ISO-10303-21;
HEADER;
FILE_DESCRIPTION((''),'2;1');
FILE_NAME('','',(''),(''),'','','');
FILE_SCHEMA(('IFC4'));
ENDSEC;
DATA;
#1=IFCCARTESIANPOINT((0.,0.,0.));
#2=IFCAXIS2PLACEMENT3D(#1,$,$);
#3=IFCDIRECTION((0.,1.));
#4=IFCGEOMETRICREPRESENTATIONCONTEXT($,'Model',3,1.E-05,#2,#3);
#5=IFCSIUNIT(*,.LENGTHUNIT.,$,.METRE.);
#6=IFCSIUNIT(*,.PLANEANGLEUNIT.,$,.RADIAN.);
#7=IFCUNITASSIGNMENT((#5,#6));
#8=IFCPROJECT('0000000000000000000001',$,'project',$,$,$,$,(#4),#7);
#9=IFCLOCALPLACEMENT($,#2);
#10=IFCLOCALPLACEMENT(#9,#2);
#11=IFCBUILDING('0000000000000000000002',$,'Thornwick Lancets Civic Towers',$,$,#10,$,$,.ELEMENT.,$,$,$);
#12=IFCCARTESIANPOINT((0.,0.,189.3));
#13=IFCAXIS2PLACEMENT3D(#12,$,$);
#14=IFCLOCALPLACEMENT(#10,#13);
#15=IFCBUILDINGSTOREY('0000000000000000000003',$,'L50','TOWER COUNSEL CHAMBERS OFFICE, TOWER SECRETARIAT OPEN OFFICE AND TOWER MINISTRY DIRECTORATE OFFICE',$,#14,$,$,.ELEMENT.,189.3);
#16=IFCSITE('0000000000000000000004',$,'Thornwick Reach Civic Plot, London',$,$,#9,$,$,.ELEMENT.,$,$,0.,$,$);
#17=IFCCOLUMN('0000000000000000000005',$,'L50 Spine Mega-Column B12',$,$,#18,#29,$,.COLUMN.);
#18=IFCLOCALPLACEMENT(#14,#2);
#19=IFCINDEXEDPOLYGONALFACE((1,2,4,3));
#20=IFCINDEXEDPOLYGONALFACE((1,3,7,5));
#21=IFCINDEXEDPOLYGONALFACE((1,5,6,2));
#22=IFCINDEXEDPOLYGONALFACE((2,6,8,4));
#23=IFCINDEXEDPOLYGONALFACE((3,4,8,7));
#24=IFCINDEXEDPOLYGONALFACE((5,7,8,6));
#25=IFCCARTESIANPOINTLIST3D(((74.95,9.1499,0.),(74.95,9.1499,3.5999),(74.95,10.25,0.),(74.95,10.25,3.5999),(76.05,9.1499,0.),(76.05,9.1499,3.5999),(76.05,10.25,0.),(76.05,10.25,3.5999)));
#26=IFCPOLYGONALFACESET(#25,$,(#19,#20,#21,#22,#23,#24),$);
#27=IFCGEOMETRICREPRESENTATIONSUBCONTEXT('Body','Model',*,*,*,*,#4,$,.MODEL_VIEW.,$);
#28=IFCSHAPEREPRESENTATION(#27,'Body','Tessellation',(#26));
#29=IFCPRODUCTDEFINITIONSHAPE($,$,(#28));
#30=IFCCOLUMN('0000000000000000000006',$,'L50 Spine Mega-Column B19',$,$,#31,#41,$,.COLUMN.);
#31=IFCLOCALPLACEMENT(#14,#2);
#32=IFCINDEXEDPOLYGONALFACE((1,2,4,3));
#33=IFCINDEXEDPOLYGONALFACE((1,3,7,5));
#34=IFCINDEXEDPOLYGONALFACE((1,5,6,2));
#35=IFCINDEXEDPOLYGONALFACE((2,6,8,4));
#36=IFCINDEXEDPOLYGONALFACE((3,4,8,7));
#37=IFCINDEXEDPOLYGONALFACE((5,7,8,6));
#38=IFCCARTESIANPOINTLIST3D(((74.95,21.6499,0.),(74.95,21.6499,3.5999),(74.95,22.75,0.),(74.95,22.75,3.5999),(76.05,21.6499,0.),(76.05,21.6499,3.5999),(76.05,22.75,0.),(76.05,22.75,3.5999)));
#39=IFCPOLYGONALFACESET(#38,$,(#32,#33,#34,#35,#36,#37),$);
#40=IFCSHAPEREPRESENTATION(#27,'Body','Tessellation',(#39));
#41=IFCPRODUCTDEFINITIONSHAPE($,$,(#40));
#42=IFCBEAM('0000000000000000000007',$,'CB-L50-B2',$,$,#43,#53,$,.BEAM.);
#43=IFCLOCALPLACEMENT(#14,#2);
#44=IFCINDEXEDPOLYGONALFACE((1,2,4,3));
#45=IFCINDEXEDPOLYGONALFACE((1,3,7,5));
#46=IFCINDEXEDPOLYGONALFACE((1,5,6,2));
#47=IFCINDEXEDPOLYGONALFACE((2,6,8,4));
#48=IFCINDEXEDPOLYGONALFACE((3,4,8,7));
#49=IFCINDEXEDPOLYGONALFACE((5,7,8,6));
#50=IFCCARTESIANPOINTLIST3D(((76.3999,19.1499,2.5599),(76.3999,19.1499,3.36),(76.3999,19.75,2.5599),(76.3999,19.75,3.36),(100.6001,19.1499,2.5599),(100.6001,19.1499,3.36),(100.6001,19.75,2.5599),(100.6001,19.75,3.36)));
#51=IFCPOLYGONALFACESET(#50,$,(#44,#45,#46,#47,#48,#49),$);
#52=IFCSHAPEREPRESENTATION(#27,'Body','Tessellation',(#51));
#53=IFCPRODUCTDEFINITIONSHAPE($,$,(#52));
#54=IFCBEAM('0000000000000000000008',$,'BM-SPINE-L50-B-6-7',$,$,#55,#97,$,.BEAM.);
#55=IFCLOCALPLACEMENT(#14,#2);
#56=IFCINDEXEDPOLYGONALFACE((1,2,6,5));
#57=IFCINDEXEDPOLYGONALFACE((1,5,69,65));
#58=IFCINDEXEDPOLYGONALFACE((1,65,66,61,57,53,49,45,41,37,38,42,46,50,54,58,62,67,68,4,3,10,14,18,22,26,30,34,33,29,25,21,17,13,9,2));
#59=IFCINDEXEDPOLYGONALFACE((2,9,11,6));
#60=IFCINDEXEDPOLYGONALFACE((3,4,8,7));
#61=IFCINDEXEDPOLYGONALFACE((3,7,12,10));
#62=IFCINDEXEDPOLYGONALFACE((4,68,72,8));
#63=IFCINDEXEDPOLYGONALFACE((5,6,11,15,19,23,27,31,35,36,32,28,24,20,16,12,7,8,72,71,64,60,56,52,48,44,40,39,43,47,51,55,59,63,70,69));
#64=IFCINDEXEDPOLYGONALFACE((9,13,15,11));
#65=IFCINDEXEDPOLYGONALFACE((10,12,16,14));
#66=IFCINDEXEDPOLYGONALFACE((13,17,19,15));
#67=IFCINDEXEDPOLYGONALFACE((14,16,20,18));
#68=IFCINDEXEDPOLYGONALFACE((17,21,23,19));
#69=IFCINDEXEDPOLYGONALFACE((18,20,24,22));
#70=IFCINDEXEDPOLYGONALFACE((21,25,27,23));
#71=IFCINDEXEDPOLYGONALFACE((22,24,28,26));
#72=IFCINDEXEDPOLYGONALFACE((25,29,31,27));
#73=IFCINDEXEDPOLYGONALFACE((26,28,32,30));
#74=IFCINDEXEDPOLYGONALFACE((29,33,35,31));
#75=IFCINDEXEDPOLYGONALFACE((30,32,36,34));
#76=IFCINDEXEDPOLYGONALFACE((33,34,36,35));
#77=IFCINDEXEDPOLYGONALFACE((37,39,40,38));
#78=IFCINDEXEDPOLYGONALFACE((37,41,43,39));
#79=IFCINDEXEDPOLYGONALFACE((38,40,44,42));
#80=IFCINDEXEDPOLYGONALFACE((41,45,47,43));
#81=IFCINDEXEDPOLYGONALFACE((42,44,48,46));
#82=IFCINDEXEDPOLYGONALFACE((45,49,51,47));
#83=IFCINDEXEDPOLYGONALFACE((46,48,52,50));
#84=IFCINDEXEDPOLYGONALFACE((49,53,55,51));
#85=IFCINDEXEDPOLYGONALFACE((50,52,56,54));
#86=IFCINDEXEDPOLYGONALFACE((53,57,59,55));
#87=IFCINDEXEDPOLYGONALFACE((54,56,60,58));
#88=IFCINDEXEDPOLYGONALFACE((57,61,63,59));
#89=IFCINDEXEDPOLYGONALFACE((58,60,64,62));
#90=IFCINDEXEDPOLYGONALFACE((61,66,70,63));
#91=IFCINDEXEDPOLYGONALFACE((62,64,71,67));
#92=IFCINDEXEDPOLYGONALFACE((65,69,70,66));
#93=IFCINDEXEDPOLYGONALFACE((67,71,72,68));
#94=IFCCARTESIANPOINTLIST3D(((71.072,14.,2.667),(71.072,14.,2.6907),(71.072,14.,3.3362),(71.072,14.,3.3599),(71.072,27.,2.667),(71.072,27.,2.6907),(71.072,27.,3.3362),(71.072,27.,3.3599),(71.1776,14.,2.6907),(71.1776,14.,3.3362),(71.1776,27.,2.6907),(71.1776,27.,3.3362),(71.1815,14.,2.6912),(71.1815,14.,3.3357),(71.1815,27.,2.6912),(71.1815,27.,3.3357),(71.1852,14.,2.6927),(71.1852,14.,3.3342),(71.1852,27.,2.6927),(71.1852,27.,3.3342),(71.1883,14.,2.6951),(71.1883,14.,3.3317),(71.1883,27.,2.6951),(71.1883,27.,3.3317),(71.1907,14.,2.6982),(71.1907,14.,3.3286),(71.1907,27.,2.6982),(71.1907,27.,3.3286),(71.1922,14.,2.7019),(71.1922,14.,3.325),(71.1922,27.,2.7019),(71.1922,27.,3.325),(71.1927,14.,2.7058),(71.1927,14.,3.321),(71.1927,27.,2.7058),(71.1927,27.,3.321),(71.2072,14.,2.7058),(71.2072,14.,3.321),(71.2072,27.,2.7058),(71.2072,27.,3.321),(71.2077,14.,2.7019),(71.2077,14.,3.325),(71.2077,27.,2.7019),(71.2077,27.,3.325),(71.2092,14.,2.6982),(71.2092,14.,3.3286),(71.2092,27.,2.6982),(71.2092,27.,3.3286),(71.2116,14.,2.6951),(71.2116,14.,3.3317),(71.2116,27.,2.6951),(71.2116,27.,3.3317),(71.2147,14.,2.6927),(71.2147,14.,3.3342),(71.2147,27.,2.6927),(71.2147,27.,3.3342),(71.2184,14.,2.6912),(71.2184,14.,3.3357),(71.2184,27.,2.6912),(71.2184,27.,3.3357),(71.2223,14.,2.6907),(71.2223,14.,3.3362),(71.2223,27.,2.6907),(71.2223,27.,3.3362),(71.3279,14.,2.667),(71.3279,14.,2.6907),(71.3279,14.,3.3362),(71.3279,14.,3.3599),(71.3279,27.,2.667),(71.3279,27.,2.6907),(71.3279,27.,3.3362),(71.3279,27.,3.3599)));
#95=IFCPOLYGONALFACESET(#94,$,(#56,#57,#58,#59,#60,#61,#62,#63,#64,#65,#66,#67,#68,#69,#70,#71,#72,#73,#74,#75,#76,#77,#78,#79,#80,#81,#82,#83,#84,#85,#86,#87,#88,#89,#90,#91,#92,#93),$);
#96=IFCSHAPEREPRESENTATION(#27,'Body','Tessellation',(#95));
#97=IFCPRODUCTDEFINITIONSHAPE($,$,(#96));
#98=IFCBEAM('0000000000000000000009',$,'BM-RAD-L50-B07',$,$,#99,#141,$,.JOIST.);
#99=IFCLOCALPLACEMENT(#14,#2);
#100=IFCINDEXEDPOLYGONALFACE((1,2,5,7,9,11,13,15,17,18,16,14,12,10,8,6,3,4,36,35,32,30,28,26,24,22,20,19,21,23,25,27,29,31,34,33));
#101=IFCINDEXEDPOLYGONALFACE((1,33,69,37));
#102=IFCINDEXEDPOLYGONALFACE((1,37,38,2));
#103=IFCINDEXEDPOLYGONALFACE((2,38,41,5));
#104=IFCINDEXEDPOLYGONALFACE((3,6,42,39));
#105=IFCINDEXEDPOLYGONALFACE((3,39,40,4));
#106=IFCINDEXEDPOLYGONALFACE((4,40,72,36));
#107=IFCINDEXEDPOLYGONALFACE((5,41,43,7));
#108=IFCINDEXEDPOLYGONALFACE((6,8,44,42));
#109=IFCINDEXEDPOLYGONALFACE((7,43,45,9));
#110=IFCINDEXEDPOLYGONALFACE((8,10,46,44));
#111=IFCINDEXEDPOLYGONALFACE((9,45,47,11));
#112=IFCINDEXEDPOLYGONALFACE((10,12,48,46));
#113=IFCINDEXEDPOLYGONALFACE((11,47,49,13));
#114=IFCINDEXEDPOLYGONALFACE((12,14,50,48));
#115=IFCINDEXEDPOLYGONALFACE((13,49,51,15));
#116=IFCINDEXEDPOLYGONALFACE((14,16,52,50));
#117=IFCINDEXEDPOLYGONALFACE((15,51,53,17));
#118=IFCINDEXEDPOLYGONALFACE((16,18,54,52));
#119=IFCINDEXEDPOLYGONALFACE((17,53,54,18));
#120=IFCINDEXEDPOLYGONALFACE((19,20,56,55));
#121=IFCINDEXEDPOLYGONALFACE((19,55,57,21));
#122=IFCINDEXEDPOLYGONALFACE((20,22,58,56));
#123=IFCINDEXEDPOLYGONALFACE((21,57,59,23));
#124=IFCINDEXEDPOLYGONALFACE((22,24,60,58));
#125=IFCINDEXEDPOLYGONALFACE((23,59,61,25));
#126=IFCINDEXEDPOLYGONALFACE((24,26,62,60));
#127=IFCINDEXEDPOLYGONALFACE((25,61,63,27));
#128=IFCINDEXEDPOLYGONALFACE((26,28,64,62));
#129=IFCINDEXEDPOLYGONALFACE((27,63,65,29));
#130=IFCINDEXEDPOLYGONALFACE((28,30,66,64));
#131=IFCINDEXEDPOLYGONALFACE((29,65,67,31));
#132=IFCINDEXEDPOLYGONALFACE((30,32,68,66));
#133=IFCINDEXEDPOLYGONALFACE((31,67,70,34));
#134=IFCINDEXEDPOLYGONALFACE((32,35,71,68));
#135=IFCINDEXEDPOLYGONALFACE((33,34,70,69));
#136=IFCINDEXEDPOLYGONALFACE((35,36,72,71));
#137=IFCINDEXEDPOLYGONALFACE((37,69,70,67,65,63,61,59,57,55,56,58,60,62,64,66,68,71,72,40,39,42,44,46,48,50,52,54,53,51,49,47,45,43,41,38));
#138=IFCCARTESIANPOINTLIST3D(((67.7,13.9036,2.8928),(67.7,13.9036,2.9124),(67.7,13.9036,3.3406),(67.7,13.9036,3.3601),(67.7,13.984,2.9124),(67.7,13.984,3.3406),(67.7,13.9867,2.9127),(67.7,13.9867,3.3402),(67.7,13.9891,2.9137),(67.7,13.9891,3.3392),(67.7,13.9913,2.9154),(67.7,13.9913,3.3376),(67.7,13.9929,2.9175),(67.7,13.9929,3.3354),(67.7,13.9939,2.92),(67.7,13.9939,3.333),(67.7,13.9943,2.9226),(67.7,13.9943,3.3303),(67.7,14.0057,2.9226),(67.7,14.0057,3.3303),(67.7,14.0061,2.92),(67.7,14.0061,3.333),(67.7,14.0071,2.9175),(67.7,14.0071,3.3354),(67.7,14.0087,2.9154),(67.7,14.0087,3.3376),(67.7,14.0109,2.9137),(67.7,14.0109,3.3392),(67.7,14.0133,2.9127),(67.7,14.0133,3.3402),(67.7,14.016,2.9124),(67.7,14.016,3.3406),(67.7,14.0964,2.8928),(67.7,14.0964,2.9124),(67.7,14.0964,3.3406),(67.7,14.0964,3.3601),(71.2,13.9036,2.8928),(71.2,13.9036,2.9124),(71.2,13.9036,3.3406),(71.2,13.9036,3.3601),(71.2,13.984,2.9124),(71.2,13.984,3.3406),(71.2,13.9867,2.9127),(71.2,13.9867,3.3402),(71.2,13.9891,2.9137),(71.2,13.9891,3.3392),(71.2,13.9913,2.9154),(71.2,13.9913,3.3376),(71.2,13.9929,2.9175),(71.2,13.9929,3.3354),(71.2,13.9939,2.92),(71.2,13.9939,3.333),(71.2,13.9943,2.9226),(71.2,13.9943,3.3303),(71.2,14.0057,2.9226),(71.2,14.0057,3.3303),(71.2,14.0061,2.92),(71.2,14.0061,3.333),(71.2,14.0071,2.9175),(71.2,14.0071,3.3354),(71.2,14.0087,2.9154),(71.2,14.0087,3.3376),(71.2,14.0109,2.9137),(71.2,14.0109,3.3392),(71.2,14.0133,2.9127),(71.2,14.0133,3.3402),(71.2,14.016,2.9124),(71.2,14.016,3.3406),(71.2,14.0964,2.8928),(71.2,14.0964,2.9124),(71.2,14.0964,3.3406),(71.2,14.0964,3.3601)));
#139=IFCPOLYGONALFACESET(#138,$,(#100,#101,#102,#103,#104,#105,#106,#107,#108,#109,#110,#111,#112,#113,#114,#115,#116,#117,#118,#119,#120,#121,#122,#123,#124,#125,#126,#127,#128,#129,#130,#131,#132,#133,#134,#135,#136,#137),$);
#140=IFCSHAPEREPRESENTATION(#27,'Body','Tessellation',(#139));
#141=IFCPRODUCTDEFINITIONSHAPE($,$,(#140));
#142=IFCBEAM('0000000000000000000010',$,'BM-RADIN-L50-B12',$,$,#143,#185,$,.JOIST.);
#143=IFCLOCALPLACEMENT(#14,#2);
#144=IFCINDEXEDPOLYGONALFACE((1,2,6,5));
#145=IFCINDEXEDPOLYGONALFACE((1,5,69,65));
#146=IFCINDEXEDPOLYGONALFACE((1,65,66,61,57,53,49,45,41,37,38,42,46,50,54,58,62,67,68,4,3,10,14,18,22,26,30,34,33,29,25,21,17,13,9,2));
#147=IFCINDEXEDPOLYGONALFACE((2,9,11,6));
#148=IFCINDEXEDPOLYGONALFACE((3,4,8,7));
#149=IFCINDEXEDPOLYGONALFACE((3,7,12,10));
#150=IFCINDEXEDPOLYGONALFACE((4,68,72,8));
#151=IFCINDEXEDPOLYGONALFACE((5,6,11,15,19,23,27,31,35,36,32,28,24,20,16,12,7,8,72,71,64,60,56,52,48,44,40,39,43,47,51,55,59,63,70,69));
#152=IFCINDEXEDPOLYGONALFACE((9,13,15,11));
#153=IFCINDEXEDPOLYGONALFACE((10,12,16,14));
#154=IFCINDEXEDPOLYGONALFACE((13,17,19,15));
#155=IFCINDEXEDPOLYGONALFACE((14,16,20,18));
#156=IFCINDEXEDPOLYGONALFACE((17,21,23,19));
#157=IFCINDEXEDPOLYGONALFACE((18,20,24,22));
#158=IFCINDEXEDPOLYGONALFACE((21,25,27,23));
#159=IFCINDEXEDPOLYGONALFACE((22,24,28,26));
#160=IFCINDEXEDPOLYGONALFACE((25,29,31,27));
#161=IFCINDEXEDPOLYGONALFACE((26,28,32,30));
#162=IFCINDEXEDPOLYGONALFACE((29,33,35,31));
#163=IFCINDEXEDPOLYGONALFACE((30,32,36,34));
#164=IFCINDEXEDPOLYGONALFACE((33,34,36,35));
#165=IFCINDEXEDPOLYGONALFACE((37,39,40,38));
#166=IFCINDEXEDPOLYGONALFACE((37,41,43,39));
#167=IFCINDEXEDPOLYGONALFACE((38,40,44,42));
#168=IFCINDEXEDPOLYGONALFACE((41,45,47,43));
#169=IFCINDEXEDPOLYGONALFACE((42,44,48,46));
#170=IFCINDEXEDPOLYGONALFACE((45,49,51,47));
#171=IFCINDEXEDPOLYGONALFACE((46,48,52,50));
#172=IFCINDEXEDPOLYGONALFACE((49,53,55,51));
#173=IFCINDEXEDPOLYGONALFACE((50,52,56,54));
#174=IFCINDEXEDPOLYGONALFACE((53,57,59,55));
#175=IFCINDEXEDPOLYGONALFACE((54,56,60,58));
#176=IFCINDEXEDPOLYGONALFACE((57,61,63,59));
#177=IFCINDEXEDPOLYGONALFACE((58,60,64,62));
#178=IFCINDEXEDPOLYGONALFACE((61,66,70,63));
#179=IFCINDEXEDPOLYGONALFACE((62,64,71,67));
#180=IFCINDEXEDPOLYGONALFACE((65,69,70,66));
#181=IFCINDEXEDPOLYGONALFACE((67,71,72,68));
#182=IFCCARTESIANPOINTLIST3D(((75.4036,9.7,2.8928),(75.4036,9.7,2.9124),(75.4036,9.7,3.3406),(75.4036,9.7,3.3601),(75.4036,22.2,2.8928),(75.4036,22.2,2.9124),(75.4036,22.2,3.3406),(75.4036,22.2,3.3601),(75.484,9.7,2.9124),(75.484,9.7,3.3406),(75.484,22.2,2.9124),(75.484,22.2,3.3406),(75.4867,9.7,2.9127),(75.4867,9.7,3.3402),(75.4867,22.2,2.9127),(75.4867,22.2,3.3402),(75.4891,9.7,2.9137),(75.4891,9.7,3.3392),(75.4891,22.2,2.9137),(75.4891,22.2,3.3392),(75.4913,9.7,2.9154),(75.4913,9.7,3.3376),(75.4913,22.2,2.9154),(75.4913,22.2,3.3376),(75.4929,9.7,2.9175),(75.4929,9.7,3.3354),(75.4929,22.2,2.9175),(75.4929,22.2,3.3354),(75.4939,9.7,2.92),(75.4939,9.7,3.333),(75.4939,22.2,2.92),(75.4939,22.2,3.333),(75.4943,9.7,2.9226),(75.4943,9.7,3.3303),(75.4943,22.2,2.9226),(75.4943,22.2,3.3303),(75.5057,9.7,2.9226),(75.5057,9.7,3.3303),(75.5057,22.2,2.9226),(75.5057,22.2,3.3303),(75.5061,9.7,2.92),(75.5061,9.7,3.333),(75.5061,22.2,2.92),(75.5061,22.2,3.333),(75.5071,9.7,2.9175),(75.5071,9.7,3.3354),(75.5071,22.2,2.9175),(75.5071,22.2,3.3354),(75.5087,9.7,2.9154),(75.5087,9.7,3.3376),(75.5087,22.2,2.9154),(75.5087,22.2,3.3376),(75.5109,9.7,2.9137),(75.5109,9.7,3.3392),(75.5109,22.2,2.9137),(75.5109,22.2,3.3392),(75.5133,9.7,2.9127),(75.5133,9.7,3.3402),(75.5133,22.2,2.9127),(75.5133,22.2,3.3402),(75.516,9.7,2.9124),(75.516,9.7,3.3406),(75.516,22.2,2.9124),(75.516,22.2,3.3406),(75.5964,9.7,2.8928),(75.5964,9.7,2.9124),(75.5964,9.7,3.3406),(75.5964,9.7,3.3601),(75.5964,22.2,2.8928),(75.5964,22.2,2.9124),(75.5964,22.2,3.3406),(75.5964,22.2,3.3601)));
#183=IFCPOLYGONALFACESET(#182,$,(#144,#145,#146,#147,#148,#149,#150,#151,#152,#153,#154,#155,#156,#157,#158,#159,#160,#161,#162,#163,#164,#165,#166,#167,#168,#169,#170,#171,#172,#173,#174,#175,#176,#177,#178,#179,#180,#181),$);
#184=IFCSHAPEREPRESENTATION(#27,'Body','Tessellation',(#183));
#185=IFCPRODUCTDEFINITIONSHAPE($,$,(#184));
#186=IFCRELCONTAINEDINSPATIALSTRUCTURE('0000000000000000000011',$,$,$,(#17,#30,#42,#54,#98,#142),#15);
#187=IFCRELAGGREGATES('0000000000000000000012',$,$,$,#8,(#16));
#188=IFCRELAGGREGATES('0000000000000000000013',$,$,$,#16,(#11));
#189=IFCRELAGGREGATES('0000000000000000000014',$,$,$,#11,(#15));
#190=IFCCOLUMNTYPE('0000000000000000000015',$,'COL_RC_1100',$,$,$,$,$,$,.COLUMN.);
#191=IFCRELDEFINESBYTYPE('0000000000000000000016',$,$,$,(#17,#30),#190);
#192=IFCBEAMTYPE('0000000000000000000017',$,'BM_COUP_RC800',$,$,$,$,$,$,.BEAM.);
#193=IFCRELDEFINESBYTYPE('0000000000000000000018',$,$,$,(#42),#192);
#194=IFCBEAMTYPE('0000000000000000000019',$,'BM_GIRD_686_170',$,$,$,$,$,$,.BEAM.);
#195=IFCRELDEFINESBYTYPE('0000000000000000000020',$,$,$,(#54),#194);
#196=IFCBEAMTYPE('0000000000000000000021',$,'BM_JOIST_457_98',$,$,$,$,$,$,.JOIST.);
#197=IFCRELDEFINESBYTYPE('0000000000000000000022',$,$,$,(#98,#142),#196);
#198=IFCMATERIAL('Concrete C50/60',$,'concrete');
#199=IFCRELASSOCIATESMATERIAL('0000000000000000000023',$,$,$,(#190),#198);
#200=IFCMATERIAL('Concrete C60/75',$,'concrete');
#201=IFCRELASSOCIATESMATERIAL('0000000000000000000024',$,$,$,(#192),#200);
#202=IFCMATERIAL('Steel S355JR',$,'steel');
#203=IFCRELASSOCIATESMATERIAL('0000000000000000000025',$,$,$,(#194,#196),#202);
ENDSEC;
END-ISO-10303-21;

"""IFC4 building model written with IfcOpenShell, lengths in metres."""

from ifc_helpers import new_model, si_unit, direction, frame, origin, origin_2d, place, context, subcontext, project, spatial, rectangle, i_section, extrude, material, material_profile, profile_set, type_object, element, save


model = new_model("IFC4")

# Units and contexts
model_context = context("Model", 3, precision=1e-05, world=origin(), true_north=direction((0.0, 1.0)))
body_context = subcontext(model_context, "Body", "Model", "MODEL_VIEW")
ifc_project = project(units=[si_unit("LENGTHUNIT", "METRE"), si_unit("PLANEANGLEUNIT", "RADIAN")], contexts=[model_context])

# Site, building, storey
site_placement = place(None, origin())
site = spatial("IfcSite", under=ifc_project, at=site_placement, Name="Thornwick Reach Civic Plot, London", CompositionType="ELEMENT", RefElevation=0.0)
building_placement = place(site_placement, origin())
building = spatial("IfcBuilding", under=site, at=building_placement, Name="Thornwick Lancets Civic Towers", CompositionType="ELEMENT")
storey_placement = place(building_placement, frame((0.0, 0.0, 189.3)))
storey = spatial("IfcBuildingStorey", under=building, at=storey_placement, Name="L50", Description="TOWER COUNSEL CHAMBERS OFFICE, TOWER SECRETARIAT OPEN OFFICE AND TOWER MINISTRY DIRECTORATE OFFICE", CompositionType="ELEMENT", Elevation=189.3)

# Columns
ifc_material_1 = material(Name="Concrete C50/60", Category="concrete")
ifc_material_profile_1 = material_profile(ifc_material_1, rectangle(XDim=1.1001, YDim=1.1001, at=origin_2d()), Name="RC 1100x1100")
ifc_profile_set_1 = profile_set([ifc_material_profile_1], Name="Concrete C50/60")
column_type = type_object("IfcColumnType", Name="COL_RC_1100", PredefinedType="COLUMN", material=ifc_profile_set_1)
for number, where, z_axis, x_axis, name in (
    (1, (75.5, 9.7, 0.0), (0.0, 0.0, 1.0), (1.0, 0.0, 0.0), "L50 Spine Mega-Column B12"),
    (2, (75.5, 22.2, 0.0), (0.0, 0.0, 1.0), (1.0, 0.0, 0.0), "L50 Spine Mega-Column B19"),
):
    element("IfcColumn", number, at=place(storey_placement, frame(where, z_axis=z_axis, x_axis=x_axis)), inside=storey, type_object=column_type, Name=name, PredefinedType="COLUMN", context=body_context, shape_type="SweptSolid", body=[
        extrude(rectangle(XDim=1.1001, YDim=1.1001, at=origin_2d()), origin(), (0.0, 0.0, 1.0), 3.5999),
    ])

# Beams
ifc_material_2 = material(Name="Concrete C60/75", Category="concrete")
ifc_material_profile_2 = material_profile(ifc_material_2, rectangle(XDim=0.6001, YDim=0.8, at=origin_2d()), Name="RC 600x800")
ifc_profile_set_2 = profile_set([ifc_material_profile_2], Name="Concrete C60/75")
beam_type_1 = type_object("IfcBeamType", Name="BM_COUP_RC800", PredefinedType="BEAM", material=ifc_profile_set_2)
beam_1_placement = place(storey_placement, frame((76.3999, 19.45, 2.96), z_axis=(1.0, 0.0, 0.0), x_axis=(0.0, 1.0, 0.0)))
element("IfcBeam", 3, at=beam_1_placement, inside=storey, type_object=beam_type_1, Name="CB-L50-B2", PredefinedType="BEAM", context=body_context, shape_type="SweptSolid", body=[
    extrude(rectangle(XDim=0.6001, YDim=0.8, at=origin_2d()), origin(), (0.0, 0.0, 1.0), 24.2002),
])
ifc_material_3 = material(Name="Steel S355JR", Category="steel")
ifc_material_profile_3 = material_profile(ifc_material_3, i_section(OverallWidth=0.2559, OverallDepth=0.6929, WebThickness=0.0144, FlangeThickness=0.0237, FilletRadius=0.0151, at=origin_2d()), Name="UKB 686x254x170")
ifc_profile_set_3 = profile_set([ifc_material_profile_3], Name="Steel S355JR")
beam_type_2 = type_object("IfcBeamType", Name="BM_GIRD_686_170", PredefinedType="BEAM", material=ifc_profile_set_3)
beam_2_placement = place(storey_placement, frame((71.2, 14.0, 3.0134), z_axis=(0.0, 1.0, 0.0), x_axis=(-1.0, 0.0, 0.0)))
element("IfcBeam", 4, at=beam_2_placement, inside=storey, type_object=beam_type_2, Name="BM-SPINE-L50-B-6-7", PredefinedType="BEAM", context=body_context, shape_type="SweptSolid", body=[
    extrude(i_section(OverallWidth=0.2559, OverallDepth=0.6929, WebThickness=0.0144, FlangeThickness=0.0237, FilletRadius=0.0151, at=origin_2d()), origin(), (0.0, 0.0, 1.0), 13.0),
])
ifc_material_profile_4 = material_profile(ifc_material_3, i_section(OverallWidth=0.1929, OverallDepth=0.4673, WebThickness=0.0115, FlangeThickness=0.0195, FilletRadius=0.0103, at=origin_2d()), Name="UKB 457x191x98")
ifc_profile_set_4 = profile_set([ifc_material_profile_4], Name="Steel S355JR")
beam_type_3 = type_object("IfcBeamType", Name="BM_JOIST_457_98", PredefinedType="JOIST", material=ifc_profile_set_4)
beam_3_placement = place(storey_placement, frame((71.2, 14.0, 3.1265), z_axis=(-1.0, 0.0, 0.0), x_axis=(0.0, -1.0, 0.0)))
element("IfcBeam", 5, at=beam_3_placement, inside=storey, type_object=beam_type_3, Name="BM-RAD-L50-B07", PredefinedType="JOIST", context=body_context, shape_type="SweptSolid", body=[
    extrude(i_section(OverallWidth=0.1929, OverallDepth=0.4673, WebThickness=0.0115, FlangeThickness=0.0195, FilletRadius=0.0103, at=origin_2d()), origin(), (0.0, 0.0, 1.0), 3.5),
])
beam_4_placement = place(storey_placement, frame((75.5, 22.2, 3.1265), z_axis=(0.0, -1.0, 0.0), x_axis=(1.0, 0.0, 0.0)))
element("IfcBeam", 6, at=beam_4_placement, inside=storey, type_object=beam_type_3, Name="BM-RADIN-L50-B12", PredefinedType="JOIST", context=body_context, shape_type="SweptSolid", body=[
    extrude(i_section(OverallWidth=0.1929, OverallDepth=0.4673, WebThickness=0.0115, FlangeThickness=0.0195, FilletRadius=0.0103, at=origin_2d()), origin(), (0.0, 0.0, 1.0), 12.5),
])

save(model, "model.ifc")
